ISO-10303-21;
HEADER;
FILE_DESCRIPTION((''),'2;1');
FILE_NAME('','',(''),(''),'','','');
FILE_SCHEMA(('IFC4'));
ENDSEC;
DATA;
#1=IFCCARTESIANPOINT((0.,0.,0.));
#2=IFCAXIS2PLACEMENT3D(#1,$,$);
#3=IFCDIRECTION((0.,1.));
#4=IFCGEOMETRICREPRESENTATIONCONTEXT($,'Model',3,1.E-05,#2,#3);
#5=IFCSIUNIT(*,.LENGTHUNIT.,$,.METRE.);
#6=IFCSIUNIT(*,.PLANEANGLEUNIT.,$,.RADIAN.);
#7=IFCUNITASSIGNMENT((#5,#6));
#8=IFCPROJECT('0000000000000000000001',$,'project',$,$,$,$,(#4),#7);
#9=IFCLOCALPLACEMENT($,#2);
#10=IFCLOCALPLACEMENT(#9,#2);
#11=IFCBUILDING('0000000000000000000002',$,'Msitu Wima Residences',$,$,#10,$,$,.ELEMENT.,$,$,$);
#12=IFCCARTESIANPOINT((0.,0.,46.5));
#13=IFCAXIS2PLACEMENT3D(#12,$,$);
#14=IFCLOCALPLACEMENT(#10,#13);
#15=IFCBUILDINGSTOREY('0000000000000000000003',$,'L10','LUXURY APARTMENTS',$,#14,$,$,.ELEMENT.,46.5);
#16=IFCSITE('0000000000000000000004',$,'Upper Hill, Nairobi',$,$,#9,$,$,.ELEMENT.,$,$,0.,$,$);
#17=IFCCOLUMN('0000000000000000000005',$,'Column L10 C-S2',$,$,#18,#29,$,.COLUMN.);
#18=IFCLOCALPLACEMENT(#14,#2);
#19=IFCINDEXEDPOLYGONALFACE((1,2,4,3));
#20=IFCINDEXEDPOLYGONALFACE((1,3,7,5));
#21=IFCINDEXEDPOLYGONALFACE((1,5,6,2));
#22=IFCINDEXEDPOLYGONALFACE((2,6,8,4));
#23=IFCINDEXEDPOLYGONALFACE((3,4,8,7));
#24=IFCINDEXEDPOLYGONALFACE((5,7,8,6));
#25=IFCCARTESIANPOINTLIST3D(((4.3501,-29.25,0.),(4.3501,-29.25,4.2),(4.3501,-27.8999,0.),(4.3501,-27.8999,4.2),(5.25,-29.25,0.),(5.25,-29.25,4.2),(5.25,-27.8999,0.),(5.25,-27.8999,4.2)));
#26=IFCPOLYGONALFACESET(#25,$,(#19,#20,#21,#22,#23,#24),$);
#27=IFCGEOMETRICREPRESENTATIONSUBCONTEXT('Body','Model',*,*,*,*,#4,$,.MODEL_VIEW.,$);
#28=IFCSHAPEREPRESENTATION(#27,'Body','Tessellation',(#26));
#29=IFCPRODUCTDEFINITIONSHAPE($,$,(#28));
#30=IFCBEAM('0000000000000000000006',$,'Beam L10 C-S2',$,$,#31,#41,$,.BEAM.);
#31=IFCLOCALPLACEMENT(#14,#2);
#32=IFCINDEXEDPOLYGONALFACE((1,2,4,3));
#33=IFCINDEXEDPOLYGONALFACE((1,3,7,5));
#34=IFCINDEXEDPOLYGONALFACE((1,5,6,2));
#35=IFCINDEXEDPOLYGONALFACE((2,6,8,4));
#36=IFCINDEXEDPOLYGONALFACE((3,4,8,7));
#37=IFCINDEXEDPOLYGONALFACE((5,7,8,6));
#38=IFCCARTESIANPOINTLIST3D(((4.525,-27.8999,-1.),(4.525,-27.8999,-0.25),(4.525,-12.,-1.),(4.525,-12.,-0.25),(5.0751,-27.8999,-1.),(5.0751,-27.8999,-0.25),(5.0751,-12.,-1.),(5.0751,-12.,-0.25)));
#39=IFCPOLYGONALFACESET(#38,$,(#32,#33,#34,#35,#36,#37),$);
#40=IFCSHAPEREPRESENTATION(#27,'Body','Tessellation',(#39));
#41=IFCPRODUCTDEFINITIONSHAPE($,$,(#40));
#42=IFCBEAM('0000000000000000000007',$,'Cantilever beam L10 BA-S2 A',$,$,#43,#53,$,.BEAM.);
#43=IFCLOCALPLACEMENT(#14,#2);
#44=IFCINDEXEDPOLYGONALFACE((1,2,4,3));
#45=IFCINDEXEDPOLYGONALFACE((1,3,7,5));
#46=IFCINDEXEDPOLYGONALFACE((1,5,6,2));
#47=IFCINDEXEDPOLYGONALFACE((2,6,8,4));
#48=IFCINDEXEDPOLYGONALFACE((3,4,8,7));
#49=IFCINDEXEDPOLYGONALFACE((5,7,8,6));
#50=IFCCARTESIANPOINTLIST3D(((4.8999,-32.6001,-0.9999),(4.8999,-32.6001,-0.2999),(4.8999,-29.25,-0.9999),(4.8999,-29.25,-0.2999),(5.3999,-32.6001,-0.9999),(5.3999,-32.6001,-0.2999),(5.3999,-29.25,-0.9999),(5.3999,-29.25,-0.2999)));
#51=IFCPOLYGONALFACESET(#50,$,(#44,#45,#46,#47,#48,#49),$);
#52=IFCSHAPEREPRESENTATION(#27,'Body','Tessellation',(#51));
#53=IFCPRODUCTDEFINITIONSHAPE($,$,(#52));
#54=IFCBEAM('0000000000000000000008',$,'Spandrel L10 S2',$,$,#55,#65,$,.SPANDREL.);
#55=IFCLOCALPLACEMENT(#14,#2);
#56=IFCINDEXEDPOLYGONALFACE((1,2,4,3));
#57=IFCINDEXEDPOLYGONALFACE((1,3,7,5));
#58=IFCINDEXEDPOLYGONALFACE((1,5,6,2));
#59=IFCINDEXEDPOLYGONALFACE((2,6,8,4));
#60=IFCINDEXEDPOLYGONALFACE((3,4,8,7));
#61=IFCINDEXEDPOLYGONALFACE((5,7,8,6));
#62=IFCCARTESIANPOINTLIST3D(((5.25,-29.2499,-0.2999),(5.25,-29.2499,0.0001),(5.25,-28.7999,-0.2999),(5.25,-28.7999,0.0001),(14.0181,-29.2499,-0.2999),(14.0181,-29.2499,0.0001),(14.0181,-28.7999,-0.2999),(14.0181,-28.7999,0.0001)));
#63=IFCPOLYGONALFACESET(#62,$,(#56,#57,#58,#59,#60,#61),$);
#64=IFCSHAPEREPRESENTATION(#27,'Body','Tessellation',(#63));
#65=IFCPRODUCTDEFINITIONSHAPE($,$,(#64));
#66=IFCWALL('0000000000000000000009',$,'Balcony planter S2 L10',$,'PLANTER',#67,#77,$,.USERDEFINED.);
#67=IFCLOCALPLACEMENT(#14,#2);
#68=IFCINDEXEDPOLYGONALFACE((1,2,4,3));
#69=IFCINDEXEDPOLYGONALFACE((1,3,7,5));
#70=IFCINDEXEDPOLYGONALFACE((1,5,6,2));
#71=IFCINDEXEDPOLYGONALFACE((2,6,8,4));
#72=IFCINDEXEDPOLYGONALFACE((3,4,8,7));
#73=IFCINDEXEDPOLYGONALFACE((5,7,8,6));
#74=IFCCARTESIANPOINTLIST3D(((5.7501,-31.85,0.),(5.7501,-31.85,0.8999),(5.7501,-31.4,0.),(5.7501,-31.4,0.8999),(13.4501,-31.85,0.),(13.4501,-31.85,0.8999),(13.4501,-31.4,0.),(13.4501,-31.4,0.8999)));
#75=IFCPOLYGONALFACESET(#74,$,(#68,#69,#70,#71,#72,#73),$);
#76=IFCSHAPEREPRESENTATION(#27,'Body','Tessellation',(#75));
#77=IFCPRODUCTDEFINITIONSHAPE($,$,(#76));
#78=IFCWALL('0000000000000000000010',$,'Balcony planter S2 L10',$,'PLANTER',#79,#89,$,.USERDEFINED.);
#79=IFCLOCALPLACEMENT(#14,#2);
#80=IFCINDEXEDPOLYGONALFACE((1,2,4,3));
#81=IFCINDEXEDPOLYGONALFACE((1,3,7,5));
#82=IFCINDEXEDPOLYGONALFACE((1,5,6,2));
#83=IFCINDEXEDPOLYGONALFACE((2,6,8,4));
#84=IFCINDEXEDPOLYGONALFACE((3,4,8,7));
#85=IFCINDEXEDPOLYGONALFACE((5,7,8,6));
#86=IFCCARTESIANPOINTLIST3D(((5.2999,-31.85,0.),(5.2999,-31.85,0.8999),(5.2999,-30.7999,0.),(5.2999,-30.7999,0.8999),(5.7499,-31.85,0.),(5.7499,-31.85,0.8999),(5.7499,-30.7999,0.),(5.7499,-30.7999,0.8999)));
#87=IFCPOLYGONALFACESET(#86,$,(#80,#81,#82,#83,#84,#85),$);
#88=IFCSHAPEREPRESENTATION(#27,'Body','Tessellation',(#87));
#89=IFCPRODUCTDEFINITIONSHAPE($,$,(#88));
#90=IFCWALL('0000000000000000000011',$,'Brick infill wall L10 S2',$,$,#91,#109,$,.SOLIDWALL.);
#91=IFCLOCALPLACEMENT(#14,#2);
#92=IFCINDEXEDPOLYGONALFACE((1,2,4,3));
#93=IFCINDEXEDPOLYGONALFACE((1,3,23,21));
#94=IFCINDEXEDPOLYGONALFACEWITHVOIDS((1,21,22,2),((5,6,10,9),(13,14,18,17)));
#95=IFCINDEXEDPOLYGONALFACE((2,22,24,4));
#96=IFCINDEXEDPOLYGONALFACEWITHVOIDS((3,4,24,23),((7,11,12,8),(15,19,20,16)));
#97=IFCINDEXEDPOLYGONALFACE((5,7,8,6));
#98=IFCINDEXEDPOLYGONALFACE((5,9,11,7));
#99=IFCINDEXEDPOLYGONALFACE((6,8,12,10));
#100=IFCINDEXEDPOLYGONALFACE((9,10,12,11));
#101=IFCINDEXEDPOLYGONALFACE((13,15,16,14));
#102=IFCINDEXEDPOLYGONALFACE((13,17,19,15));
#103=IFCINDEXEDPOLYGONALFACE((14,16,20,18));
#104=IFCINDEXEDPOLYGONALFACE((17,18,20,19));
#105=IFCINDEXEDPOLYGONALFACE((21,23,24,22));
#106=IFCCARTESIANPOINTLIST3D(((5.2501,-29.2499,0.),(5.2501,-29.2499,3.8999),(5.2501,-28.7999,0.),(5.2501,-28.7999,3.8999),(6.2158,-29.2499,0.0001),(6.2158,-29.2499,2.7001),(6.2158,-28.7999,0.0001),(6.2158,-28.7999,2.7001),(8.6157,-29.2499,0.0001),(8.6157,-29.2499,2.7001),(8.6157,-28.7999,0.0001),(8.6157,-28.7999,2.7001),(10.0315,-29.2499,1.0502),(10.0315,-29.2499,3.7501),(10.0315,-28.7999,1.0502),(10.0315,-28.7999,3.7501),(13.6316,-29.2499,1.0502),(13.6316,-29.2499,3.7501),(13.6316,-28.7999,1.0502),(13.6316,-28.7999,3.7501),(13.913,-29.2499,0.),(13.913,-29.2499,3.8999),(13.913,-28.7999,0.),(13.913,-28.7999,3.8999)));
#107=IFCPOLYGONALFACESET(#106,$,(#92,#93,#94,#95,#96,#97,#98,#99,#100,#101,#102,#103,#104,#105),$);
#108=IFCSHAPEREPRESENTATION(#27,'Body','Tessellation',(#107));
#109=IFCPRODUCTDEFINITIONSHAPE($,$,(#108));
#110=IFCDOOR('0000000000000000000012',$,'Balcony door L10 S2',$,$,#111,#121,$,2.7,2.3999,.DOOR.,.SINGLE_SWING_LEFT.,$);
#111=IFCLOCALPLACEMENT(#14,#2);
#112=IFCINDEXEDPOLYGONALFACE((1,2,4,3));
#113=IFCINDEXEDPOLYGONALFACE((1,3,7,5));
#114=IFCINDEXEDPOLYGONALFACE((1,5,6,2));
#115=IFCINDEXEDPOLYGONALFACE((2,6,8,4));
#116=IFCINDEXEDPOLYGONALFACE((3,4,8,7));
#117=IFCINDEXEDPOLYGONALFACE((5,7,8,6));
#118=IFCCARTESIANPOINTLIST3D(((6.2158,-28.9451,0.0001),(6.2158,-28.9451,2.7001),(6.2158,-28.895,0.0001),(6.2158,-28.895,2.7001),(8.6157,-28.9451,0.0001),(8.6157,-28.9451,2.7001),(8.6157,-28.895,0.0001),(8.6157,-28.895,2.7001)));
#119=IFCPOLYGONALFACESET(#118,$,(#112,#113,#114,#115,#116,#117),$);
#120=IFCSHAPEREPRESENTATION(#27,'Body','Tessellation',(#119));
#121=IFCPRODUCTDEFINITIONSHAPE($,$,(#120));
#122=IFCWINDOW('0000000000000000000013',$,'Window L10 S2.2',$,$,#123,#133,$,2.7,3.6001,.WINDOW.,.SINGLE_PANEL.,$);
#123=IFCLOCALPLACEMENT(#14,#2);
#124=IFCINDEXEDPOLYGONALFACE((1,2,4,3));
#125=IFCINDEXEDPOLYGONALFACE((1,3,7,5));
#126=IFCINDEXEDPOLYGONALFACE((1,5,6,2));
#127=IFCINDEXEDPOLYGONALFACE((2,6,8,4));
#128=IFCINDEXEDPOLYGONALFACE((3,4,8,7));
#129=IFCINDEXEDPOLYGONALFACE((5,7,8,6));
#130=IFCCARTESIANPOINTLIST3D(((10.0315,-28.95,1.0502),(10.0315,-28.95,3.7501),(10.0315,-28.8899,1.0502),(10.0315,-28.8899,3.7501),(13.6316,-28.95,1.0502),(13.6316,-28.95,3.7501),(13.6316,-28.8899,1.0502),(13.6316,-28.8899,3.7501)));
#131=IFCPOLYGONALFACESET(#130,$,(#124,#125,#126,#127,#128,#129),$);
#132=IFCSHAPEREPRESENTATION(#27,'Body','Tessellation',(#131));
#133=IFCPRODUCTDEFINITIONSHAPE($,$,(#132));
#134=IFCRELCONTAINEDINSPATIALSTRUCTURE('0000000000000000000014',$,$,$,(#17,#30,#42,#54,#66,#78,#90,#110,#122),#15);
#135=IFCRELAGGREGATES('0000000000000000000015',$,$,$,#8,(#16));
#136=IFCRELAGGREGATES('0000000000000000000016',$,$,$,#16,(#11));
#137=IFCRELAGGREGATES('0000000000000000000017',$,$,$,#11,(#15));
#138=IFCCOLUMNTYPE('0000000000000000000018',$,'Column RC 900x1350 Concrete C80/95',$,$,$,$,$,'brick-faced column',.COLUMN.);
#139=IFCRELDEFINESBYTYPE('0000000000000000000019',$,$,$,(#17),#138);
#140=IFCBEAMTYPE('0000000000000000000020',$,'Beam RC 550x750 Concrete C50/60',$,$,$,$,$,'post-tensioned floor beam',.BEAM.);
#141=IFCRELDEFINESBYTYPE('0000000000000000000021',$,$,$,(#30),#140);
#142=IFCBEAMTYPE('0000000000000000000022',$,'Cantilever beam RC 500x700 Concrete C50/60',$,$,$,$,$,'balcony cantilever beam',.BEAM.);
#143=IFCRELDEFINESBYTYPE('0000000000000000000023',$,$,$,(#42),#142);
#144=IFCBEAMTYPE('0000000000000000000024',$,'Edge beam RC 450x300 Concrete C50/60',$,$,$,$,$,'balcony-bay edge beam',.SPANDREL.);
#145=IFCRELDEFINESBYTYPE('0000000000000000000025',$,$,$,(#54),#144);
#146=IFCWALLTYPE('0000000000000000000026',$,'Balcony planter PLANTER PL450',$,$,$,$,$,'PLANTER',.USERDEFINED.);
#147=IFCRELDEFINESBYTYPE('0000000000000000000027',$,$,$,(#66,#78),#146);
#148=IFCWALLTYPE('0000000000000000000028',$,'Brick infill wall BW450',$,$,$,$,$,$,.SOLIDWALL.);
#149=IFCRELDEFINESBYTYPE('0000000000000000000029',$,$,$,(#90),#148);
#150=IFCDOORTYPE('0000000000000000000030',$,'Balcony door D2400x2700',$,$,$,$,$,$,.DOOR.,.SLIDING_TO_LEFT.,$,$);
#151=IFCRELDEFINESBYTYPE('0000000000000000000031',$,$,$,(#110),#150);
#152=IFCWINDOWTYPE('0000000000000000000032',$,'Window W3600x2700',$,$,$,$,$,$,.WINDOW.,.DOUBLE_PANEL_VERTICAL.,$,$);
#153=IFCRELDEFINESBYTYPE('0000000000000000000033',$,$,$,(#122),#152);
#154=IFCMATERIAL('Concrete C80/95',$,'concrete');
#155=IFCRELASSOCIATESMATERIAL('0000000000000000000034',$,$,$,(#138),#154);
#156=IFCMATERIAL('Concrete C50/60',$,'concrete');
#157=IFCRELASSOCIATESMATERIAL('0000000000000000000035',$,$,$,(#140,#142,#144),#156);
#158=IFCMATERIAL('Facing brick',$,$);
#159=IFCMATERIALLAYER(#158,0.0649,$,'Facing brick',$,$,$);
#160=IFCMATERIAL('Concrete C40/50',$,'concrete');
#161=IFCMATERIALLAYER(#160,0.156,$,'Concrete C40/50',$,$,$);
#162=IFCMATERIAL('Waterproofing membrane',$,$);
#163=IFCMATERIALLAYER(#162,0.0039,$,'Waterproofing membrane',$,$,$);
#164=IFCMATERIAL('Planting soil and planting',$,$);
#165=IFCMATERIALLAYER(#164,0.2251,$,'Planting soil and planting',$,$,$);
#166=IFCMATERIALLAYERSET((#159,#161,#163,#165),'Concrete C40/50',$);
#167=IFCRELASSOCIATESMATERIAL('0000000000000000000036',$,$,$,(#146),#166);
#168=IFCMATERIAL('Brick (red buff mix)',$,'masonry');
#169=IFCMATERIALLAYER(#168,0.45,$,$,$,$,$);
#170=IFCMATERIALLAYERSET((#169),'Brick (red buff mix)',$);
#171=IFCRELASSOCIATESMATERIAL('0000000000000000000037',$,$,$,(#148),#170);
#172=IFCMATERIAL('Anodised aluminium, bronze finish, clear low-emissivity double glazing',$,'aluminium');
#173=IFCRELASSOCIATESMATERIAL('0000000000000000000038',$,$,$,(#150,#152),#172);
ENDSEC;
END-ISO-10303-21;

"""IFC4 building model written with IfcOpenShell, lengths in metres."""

from ifc_helpers import new_model, si_unit, direction, frame, frame_2d, origin, origin_2d, place, context, subcontext, project, spatial, rectangle, extrude, material, layer, layer_set, material_profile, profile_set, type_object, element, fill, save


model = new_model("IFC4")

# Units and contexts
model_context = context("Model", 3, precision=1e-05, world=origin(), true_north=direction((0.0, 1.0)))
body_context = subcontext(model_context, "Body", "Model", "MODEL_VIEW")
ifc_project = project(units=[si_unit("LENGTHUNIT", "METRE"), si_unit("PLANEANGLEUNIT", "RADIAN")], contexts=[model_context])

# Site, building, storey
site_placement = place(None, origin())
site = spatial("IfcSite", under=ifc_project, at=site_placement, Name="Upper Hill, Nairobi", CompositionType="ELEMENT", RefElevation=0.0)
building_placement = place(site_placement, origin())
building = spatial("IfcBuilding", under=site, at=building_placement, Name="Msitu Wima Residences", CompositionType="ELEMENT")
storey_placement = place(building_placement, frame((0.0, 0.0, 46.5)))
storey = spatial("IfcBuildingStorey", under=building, at=storey_placement, Name="L10", Description="LUXURY APARTMENTS", CompositionType="ELEMENT", Elevation=46.5)

# Column
ifc_material_1 = material(Name="Concrete C80/95", Category="concrete")
ifc_material_profile_1 = material_profile(ifc_material_1, rectangle(XDim=0.8999, YDim=1.3501, at=origin_2d()), Name="RC 900x1350")
ifc_profile_set_1 = profile_set([ifc_material_profile_1], Name="Concrete C80/95")
column_type = type_object("IfcColumnType", Name="Column RC 900x1350 Concrete C80/95", ElementType="brick-faced column", PredefinedType="COLUMN", material=ifc_profile_set_1)
column_placement = place(storey_placement, frame((4.8, -28.575, 0.0), z_axis=(0.0, 0.0, 1.0), x_axis=(1.0, 0.0, 0.0)))
element("IfcColumn", 1, at=column_placement, inside=storey, type_object=column_type, Name="Column L10 C-S2", PredefinedType="COLUMN", context=body_context, shape_type="SweptSolid", body=[
    extrude(rectangle(XDim=0.8999, YDim=1.3501, at=origin_2d()), origin(), (0.0, 0.0, 1.0), 4.2),
])

# Beams
ifc_material_2 = material(Name="Concrete C50/60", Category="concrete")
ifc_material_profile_2 = material_profile(ifc_material_2, rectangle(XDim=0.55, YDim=0.75, at=origin_2d()), Name="RC 550x750")
ifc_profile_set_2 = profile_set([ifc_material_profile_2], Name="Concrete C50/60")
beam_type_1 = type_object("IfcBeamType", Name="Beam RC 550x750 Concrete C50/60", ElementType="post-tensioned floor beam", PredefinedType="BEAM", material=ifc_profile_set_2)
beam_1_placement = place(storey_placement, frame((4.8, -27.8999, -0.625), z_axis=(0.0, 1.0, 0.0), x_axis=(-1.0, 0.0, 0.0)))
element("IfcBeam", 2, at=beam_1_placement, inside=storey, type_object=beam_type_1, Name="Beam L10 C-S2", PredefinedType="BEAM", context=body_context, shape_type="SweptSolid", body=[
    extrude(rectangle(XDim=0.55, YDim=0.75, at=origin_2d()), origin(), (0.0, 0.0, 1.0), 15.8999),
])
ifc_material_profile_3 = material_profile(ifc_material_2, rectangle(XDim=0.5, YDim=0.7, at=origin_2d()), Name="RC 500x700")
ifc_profile_set_3 = profile_set([ifc_material_profile_3], Name="Concrete C50/60")
beam_type_2 = type_object("IfcBeamType", Name="Cantilever beam RC 500x700 Concrete C50/60", ElementType="balcony cantilever beam", PredefinedType="BEAM", material=ifc_profile_set_3)
beam_2_placement = place(storey_placement, frame((5.1499, -29.25, -0.6499), z_axis=(0.0, -1.0, 0.0), x_axis=(1.0, 0.0, 0.0)))
element("IfcBeam", 3, at=beam_2_placement, inside=storey, type_object=beam_type_2, Name="Cantilever beam L10 BA-S2 A", PredefinedType="BEAM", context=body_context, shape_type="SweptSolid", body=[
    extrude(rectangle(XDim=0.5, YDim=0.7, at=origin_2d()), origin(), (0.0, 0.0, 1.0), 3.3501),
])
ifc_material_profile_4 = material_profile(ifc_material_2, rectangle(XDim=0.45, YDim=0.3, at=origin_2d()), Name="RC 450x300")
ifc_profile_set_4 = profile_set([ifc_material_profile_4], Name="Concrete C50/60")
beam_type_3 = type_object("IfcBeamType", Name="Edge beam RC 450x300 Concrete C50/60", ElementType="balcony-bay edge beam", PredefinedType="SPANDREL", material=ifc_profile_set_4)
beam_3_placement = place(storey_placement, frame((5.25, -29.0249, -0.1499), z_axis=(1.0, 0.0, 0.0), x_axis=(0.0, 1.0, 0.0)))
element("IfcBeam", 4, at=beam_3_placement, inside=storey, type_object=beam_type_3, Name="Spandrel L10 S2", PredefinedType="SPANDREL", context=body_context, shape_type="SweptSolid", body=[
    extrude(rectangle(XDim=0.45, YDim=0.3, at=origin_2d()), origin(), (0.0, 0.0, 1.0), 8.7681),
])

# Walls
ifc_material_3 = material(Name="Facing brick")
ifc_layer_1 = layer(ifc_material_3, 0.0649, Name="Facing brick")
ifc_material_4 = material(Name="Concrete C40/50", Category="concrete")
ifc_layer_2 = layer(ifc_material_4, 0.156, Name="Concrete C40/50")
ifc_material_5 = material(Name="Waterproofing membrane")
ifc_layer_3 = layer(ifc_material_5, 0.0039, Name="Waterproofing membrane")
ifc_material_6 = material(Name="Planting soil and planting")
ifc_layer_4 = layer(ifc_material_6, 0.2251, Name="Planting soil and planting")
ifc_layer_set_1 = layer_set([ifc_layer_1, ifc_layer_2, ifc_layer_3, ifc_layer_4], Name="Concrete C40/50")
wall_type_1 = type_object("IfcWallType", Name="Balcony planter PLANTER PL450", ElementType="PLANTER", PredefinedType="USERDEFINED", material=ifc_layer_set_1)
wall_1_placement = place(storey_placement, frame((5.75, -31.625, 0.0), z_axis=(0.0, 0.0, 1.0), x_axis=(1.0, 0.0, 0.0)))
element("IfcWall", 5, at=wall_1_placement, inside=storey, type_object=wall_type_1, Name="Balcony planter S2 L10", ObjectType="PLANTER", PredefinedType="USERDEFINED", context=body_context, shape_type="SweptSolid", body=[
    extrude(rectangle(XDim=7.7, YDim=0.45, at=frame_2d((3.8501, 0.0))), origin(), (0.0, 0.0, 1.0), 0.8999),
])
wall_2_placement = place(storey_placement, frame((5.5249, -30.8, 0.0), z_axis=(0.0, 0.0, 1.0), x_axis=(0.0, -1.0, 0.0)))
element("IfcWall", 6, at=wall_2_placement, inside=storey, type_object=wall_type_1, Name="Balcony planter S2 L10", ObjectType="PLANTER", PredefinedType="USERDEFINED", context=body_context, shape_type="SweptSolid", body=[
    extrude(rectangle(XDim=1.05, YDim=0.45, at=frame_2d((0.5249, 0.0))), origin(), (0.0, 0.0, 1.0), 0.8999),
])

# Wall, openings, door, window
ifc_material_7 = material(Name="Brick (red buff mix)", Category="masonry")
ifc_layer_5 = layer(ifc_material_7, 0.45)
ifc_layer_set_2 = layer_set([ifc_layer_5], Name="Brick (red buff mix)")
wall_type_2 = type_object("IfcWallType", Name="Brick infill wall BW450", PredefinedType="SOLIDWALL", material=ifc_layer_set_2)
wall_3_placement = place(storey_placement, frame((5.25, -29.0249, 0.0), z_axis=(0.0, 0.0, 1.0), x_axis=(1.0, 0.0, 0.0)))
wall_3 = element("IfcWall", 7, at=wall_3_placement, inside=storey, type_object=wall_type_2, Name="Brick infill wall L10 S2", PredefinedType="SOLIDWALL", context=body_context, shape_type="SweptSolid", body=[
    extrude(rectangle(XDim=8.6628, YDim=0.45, at=frame_2d((4.3315, 0.0))), origin(), (0.0, 0.0, 1.0), 3.8999),
])
opening_1_placement = place(wall_3_placement, frame((0.9658, 0.0, 0.0)))
opening_1 = element("IfcOpeningElement", 8, at=opening_1_placement, cuts=wall_3, PredefinedType="OPENING", context=body_context, shape_type="SweptSolid", body=[
    extrude(rectangle(XDim=2.3999, YDim=2.7, at=frame_2d((1.2, 1.3501))), frame((0.0, 0.2349, 0.0), z_axis=(0.0, -1.0, 0.0), x_axis=(1.0, 0.0, 0.0)), (0.0, 0.0, 1.0), 0.47),
])
opening_2_placement = place(wall_3_placement, frame((4.7815, 0.0, 1.05)))
opening_2 = element("IfcOpeningElement", 9, at=opening_2_placement, cuts=wall_3, PredefinedType="OPENING", context=body_context, shape_type="SweptSolid", body=[
    extrude(rectangle(XDim=3.6001, YDim=2.7, at=frame_2d((1.8, 1.3501))), frame((0.0, 0.2349, 0.0), z_axis=(0.0, -1.0, 0.0), x_axis=(1.0, 0.0, 0.0)), (0.0, 0.0, 1.0), 0.47),
])
ifc_material_8 = material(Name="Anodised aluminium, bronze finish, clear low-emissivity double glazing", Category="aluminium")
door_type_1 = type_object("IfcDoorType", Name="Balcony door D2400x2700", OperationType="SLIDING_TO_LEFT", PredefinedType="DOOR", material=ifc_material_8)
door_1_placement = place(opening_1_placement, origin())
door_1 = element("IfcDoor", 10, at=door_1_placement, inside=storey, type_object=door_type_1, Name="Balcony door L10 S2", OperationType="SINGLE_SWING_LEFT", OverallHeight=2.7, OverallWidth=2.3999, PredefinedType="DOOR", context=body_context, shape_type="SweptSolid", body=[
    extrude(rectangle(XDim=2.3999, YDim=2.7, at=frame_2d((1.2, 1.3501))), frame((0.0, 0.1299, 0.0), z_axis=(0.0, -1.0, 0.0), x_axis=(1.0, 0.0, 0.0)), (0.0, 0.0, 1.0), 0.05),
])
fill(opening_1, door_1)
window_type = type_object("IfcWindowType", Name="Window W3600x2700", PartitioningType="DOUBLE_PANEL_VERTICAL", PredefinedType="WINDOW", material=ifc_material_8)
window_placement = place(opening_2_placement, origin())
window = element("IfcWindow", 11, at=window_placement, inside=storey, type_object=window_type, Name="Window L10 S2.2", OverallHeight=2.7, OverallWidth=3.6001, PartitioningType="SINGLE_PANEL", PredefinedType="WINDOW", context=body_context, shape_type="SweptSolid", body=[
    extrude(rectangle(XDim=3.6001, YDim=2.7, at=frame_2d((1.8, 1.3501))), frame((0.0, 0.135, 0.0), z_axis=(0.0, -1.0, 0.0), x_axis=(1.0, 0.0, 0.0)), (0.0, 0.0, 1.0), 0.0601),
])
fill(opening_2, window)

save(model, "model.ifc")
